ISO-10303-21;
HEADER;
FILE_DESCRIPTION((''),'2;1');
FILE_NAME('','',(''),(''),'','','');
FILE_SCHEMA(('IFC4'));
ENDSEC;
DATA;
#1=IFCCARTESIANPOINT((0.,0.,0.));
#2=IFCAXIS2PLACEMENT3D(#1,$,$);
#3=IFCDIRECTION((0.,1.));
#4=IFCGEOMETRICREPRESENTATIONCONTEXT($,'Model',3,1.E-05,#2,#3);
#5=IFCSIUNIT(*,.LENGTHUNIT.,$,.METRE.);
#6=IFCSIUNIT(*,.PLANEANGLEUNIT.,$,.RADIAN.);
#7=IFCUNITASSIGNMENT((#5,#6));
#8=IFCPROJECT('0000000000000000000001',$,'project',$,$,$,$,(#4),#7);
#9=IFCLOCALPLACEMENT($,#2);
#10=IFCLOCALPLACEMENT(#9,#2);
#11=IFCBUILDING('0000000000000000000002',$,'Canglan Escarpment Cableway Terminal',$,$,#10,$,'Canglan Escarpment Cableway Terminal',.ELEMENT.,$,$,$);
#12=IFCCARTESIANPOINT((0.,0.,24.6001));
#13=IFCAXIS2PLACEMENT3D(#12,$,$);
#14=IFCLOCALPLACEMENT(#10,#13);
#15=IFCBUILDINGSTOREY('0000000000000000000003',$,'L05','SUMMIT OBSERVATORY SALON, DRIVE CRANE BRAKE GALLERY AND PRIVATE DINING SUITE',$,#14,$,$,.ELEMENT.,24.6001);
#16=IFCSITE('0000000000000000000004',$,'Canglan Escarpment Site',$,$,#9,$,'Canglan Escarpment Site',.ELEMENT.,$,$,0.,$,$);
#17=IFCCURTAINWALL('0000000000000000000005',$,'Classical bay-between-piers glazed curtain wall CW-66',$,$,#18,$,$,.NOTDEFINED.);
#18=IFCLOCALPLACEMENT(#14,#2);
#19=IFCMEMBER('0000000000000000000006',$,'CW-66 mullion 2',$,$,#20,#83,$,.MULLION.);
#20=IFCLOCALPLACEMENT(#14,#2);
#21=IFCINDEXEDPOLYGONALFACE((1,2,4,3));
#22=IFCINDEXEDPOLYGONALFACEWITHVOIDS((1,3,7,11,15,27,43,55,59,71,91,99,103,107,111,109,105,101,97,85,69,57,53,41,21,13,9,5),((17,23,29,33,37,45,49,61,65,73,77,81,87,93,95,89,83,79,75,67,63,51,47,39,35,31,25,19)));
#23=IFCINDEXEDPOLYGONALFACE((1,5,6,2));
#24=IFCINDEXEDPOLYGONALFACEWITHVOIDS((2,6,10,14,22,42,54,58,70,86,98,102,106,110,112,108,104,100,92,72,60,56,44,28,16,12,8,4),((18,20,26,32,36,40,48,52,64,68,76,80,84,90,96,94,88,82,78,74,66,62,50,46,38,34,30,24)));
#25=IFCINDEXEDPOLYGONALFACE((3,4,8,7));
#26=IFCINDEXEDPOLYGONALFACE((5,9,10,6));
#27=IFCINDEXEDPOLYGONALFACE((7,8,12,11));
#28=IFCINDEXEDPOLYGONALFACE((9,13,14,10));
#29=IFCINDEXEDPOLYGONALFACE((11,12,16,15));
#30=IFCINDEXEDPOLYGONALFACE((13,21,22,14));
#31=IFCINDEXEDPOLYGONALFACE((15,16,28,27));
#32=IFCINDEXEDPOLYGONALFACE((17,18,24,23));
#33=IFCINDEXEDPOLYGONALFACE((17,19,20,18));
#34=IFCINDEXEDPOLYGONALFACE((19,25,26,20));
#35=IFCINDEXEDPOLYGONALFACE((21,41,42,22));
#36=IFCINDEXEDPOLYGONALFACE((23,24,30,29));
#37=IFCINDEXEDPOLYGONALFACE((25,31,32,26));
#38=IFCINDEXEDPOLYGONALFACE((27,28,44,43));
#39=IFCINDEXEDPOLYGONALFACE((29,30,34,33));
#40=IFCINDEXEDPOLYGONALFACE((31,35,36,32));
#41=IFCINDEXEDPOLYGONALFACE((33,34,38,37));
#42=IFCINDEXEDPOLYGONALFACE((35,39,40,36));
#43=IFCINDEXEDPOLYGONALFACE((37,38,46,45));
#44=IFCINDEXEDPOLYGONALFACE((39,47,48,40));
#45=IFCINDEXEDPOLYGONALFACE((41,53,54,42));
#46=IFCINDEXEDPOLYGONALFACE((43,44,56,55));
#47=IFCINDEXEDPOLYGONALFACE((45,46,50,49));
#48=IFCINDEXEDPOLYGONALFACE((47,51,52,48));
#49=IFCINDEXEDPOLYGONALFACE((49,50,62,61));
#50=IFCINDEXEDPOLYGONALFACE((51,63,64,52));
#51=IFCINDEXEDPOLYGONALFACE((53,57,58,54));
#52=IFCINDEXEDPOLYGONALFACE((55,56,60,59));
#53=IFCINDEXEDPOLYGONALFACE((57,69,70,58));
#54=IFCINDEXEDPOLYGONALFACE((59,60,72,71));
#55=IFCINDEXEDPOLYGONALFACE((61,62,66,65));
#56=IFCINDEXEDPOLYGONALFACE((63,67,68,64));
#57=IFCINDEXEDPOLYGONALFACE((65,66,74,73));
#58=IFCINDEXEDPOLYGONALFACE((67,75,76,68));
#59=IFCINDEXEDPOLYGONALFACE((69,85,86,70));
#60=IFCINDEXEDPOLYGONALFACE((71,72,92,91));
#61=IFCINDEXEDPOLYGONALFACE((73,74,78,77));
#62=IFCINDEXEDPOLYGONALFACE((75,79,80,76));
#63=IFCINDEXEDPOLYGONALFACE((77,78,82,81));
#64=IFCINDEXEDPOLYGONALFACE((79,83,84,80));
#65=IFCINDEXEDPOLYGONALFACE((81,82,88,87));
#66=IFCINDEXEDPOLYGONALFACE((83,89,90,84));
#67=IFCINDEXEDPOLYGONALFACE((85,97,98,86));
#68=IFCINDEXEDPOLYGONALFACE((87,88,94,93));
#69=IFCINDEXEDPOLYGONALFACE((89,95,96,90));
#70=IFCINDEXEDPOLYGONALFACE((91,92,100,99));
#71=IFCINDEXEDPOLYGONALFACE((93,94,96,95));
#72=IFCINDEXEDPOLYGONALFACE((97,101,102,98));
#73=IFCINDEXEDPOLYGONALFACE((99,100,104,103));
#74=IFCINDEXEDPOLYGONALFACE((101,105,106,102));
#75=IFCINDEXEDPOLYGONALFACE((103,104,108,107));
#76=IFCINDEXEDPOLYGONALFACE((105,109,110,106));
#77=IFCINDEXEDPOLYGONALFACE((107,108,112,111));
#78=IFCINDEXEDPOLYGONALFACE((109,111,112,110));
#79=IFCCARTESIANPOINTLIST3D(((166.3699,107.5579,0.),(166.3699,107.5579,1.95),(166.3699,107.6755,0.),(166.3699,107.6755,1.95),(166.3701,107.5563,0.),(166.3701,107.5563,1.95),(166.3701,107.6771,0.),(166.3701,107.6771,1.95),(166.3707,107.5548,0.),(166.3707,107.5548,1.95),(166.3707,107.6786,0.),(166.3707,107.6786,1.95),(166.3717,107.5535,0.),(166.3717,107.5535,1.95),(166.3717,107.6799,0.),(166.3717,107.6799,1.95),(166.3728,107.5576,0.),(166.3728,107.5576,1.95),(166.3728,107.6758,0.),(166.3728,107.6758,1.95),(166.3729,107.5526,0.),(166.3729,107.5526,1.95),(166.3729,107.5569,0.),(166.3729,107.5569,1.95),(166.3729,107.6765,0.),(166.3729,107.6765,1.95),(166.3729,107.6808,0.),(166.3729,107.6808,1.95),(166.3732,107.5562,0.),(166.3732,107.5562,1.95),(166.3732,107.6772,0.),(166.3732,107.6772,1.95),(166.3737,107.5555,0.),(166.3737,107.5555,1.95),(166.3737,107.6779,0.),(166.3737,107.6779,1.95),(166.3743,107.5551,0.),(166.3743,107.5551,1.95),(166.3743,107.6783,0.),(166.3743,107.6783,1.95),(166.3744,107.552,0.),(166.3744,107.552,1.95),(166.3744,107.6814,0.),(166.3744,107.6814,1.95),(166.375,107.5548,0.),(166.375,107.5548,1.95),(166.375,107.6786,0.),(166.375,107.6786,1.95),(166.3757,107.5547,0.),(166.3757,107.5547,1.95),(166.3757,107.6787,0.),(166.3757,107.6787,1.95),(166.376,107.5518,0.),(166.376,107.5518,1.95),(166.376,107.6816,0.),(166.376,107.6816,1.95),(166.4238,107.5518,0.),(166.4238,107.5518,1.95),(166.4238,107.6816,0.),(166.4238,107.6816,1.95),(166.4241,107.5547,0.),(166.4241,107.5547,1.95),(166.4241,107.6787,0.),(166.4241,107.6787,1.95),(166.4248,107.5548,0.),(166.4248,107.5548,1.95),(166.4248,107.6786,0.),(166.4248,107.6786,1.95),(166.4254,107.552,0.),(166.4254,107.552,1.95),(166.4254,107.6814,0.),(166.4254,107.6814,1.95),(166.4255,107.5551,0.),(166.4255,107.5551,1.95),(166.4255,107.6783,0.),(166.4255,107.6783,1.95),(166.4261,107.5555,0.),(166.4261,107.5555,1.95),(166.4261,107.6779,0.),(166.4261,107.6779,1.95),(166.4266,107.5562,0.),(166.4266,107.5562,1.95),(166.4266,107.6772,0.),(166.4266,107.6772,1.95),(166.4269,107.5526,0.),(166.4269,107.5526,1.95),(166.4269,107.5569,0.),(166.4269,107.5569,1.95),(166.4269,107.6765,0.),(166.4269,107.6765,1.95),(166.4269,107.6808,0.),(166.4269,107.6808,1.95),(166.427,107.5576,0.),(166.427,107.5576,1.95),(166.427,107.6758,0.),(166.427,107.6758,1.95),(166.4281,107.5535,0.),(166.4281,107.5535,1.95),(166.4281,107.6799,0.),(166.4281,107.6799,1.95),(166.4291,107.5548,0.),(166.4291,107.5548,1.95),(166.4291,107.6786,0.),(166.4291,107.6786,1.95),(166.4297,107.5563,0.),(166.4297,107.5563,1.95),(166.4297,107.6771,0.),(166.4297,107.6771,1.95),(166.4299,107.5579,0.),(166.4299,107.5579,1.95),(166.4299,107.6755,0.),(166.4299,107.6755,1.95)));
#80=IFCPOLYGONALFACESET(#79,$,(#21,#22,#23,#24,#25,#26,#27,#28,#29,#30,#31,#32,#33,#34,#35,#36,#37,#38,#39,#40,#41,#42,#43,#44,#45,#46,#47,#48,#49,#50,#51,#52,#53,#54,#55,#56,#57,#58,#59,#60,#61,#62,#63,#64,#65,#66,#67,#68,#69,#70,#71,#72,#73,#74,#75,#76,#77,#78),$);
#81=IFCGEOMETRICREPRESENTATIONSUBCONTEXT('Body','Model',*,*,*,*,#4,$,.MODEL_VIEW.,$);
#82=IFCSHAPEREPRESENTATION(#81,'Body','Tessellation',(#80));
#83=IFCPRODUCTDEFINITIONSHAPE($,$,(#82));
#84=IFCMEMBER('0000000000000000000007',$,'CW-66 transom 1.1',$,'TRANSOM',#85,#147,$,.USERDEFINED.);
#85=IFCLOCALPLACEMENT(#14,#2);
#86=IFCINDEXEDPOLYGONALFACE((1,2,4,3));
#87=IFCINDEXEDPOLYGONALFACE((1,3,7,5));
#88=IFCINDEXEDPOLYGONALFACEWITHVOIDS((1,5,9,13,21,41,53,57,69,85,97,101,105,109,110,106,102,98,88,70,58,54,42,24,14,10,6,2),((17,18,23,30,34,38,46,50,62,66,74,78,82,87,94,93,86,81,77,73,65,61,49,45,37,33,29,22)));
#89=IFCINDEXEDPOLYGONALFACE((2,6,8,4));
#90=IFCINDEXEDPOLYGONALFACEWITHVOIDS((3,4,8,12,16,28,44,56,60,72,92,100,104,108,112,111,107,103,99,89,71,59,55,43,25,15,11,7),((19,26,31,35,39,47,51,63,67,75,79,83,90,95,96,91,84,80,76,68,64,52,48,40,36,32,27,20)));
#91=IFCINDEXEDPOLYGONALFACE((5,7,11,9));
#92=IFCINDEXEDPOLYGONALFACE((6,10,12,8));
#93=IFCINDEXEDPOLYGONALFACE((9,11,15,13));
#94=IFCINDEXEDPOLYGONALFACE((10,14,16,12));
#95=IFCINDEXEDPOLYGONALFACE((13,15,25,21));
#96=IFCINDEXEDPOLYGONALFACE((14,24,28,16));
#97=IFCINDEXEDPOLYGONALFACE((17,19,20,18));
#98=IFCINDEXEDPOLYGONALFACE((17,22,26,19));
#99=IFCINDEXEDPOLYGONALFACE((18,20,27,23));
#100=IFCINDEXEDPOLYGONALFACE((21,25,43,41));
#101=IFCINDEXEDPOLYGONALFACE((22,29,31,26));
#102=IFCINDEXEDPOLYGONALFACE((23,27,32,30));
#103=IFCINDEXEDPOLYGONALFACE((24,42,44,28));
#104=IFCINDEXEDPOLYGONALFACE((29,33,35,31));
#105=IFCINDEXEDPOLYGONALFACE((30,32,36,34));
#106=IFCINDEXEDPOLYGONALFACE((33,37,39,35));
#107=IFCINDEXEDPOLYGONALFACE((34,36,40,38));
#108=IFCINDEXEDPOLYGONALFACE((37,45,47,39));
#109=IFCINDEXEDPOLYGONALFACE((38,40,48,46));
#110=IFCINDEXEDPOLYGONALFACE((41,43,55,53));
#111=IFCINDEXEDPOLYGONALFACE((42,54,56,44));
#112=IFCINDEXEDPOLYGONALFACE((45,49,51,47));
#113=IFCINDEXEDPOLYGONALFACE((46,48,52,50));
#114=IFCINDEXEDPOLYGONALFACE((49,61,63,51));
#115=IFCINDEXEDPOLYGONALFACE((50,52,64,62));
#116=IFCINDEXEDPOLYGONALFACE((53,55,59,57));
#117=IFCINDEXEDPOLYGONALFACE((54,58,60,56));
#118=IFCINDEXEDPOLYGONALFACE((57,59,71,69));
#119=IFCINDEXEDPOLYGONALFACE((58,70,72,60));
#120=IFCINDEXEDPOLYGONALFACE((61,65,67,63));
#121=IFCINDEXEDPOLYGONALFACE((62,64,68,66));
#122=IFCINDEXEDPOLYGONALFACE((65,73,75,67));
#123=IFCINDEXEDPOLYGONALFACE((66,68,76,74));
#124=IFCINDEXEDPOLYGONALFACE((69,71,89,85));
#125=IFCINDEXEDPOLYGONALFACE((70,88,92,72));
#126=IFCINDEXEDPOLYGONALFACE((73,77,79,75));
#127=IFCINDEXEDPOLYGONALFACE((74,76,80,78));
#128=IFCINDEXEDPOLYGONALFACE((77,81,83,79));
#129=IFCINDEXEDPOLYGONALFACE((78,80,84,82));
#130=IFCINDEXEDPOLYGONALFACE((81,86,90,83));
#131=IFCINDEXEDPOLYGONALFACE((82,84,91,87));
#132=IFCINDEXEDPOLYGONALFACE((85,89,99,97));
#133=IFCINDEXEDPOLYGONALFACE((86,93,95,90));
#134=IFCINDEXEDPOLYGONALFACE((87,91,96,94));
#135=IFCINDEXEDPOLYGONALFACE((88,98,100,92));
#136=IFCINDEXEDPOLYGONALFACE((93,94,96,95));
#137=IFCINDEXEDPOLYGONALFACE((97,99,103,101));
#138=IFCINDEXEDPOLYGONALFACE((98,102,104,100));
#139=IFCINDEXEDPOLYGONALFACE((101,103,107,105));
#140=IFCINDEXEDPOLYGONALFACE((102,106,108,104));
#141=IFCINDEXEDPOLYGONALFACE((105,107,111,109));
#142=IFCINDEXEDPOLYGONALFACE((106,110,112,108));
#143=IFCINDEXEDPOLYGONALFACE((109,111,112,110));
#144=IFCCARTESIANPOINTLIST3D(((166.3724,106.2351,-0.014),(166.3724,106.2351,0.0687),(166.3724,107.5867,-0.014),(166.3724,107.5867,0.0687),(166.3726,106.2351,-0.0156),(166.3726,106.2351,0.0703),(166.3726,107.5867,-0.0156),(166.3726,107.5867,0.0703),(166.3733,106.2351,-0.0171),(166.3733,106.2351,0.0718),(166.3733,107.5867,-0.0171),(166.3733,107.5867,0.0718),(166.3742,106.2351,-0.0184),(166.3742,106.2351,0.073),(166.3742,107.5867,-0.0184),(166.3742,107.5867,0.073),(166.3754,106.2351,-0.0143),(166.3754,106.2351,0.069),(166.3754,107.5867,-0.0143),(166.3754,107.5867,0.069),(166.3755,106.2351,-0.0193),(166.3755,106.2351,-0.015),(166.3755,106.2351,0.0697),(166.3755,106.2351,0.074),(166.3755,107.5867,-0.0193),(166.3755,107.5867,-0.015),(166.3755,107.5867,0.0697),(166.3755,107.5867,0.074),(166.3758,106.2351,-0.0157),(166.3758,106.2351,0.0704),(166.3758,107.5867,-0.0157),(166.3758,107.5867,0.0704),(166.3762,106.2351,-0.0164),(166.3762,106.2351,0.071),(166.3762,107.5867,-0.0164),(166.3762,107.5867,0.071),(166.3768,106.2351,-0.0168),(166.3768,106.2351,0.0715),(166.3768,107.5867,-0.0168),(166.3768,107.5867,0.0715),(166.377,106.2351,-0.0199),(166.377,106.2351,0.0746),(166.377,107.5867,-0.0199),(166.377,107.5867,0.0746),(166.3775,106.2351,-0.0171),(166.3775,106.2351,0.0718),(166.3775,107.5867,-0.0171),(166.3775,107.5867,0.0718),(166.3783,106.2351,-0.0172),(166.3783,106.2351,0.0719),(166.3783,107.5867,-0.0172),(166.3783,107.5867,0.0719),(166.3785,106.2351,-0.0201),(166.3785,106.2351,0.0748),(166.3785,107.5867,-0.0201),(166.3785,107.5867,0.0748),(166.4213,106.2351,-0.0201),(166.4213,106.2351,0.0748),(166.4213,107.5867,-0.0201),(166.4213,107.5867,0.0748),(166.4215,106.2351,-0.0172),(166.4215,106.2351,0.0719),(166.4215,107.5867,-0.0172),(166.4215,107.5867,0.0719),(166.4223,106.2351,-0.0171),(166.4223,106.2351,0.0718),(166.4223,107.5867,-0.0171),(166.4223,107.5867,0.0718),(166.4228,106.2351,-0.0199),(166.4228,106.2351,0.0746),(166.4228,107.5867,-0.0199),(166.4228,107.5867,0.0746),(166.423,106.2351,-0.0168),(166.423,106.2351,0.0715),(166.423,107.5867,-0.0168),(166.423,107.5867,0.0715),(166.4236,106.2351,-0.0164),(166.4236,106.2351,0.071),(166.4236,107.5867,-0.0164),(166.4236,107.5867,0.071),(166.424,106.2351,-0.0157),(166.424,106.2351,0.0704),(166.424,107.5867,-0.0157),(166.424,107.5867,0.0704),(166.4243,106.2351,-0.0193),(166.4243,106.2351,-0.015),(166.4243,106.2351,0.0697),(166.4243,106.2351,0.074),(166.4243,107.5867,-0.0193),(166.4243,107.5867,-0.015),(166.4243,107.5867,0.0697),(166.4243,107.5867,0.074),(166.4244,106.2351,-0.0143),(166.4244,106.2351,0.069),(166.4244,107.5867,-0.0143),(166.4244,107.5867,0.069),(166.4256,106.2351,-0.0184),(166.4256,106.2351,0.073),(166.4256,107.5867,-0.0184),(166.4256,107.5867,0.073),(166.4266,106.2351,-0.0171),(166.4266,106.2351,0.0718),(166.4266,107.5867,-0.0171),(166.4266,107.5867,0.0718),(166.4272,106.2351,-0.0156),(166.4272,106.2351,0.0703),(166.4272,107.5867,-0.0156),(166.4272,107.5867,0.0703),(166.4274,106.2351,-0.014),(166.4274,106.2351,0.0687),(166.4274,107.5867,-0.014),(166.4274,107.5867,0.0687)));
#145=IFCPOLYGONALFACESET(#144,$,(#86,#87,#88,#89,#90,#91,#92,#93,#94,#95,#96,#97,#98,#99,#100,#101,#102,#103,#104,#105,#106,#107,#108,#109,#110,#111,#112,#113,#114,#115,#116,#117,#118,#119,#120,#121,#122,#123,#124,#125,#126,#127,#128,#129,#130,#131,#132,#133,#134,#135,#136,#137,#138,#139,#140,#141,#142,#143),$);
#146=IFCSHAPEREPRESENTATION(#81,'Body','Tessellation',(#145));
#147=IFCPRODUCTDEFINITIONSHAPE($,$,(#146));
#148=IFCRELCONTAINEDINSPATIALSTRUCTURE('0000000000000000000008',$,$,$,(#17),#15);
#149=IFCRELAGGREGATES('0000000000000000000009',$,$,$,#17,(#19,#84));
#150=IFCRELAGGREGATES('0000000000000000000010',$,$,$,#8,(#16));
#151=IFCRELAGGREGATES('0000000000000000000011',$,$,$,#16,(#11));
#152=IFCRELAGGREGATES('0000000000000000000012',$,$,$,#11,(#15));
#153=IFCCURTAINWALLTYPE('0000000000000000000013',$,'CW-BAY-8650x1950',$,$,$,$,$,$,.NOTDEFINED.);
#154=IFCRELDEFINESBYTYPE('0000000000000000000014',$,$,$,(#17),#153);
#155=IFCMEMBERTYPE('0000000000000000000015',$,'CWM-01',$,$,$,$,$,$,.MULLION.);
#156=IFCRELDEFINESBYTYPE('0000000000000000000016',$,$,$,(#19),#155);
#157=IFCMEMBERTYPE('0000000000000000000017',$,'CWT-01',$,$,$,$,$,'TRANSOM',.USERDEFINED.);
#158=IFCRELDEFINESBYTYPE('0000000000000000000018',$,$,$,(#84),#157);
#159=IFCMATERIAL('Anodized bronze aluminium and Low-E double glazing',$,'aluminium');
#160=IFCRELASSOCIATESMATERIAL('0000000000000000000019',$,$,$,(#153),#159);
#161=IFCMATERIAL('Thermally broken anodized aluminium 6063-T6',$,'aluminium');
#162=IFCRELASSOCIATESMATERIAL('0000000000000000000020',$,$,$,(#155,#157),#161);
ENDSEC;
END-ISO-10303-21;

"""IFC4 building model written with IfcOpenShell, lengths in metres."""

from ifc_helpers import new_model, si_unit, direction, frame, origin, origin_2d, place, context, subcontext, project, spatial, hollow_rectangle, extrude, material, material_profile, profile_set, type_object, element, aggregate, save


model = new_model("IFC4")

# Units and contexts
model_context = context("Model", 3, precision=1e-05, world=origin(), true_north=direction((0.0, 1.0)))
body_context = subcontext(model_context, "Body", "Model", "MODEL_VIEW")
ifc_project = project(units=[si_unit("LENGTHUNIT", "METRE"), si_unit("PLANEANGLEUNIT", "RADIAN")], contexts=[model_context])

# Site, building, storey
site_placement = place(None, origin())
site = spatial("IfcSite", under=ifc_project, at=site_placement, Name="Canglan Escarpment Site", LongName="Canglan Escarpment Site", CompositionType="ELEMENT", RefElevation=0.0)
building_placement = place(site_placement, origin())
building = spatial("IfcBuilding", under=site, at=building_placement, Name="Canglan Escarpment Cableway Terminal", LongName="Canglan Escarpment Cableway Terminal", CompositionType="ELEMENT")
storey_placement = place(building_placement, frame((0.0, 0.0, 24.6001)))
storey = spatial("IfcBuildingStorey", under=building, at=storey_placement, Name="L05", Description="SUMMIT OBSERVATORY SALON, DRIVE CRANE BRAKE GALLERY AND PRIVATE DINING SUITE", CompositionType="ELEMENT", Elevation=24.6001)

# Curtain wall, members
ifc_material_1 = material(Name="Anodized bronze aluminium and Low-E double glazing", Category="aluminium")
curtain_wall_type = type_object("IfcCurtainWallType", Name="CW-BAY-8650x1950", PredefinedType="NOTDEFINED", material=ifc_material_1)
curtain_wall_placement = place(storey_placement, origin())
curtain_wall = element("IfcCurtainWall", 1, at=curtain_wall_placement, inside=storey, type_object=curtain_wall_type, Name="Classical bay-between-piers glazed curtain wall CW-66", PredefinedType="NOTDEFINED")
ifc_material_2 = material(Name="Thermally broken anodized aluminium 6063-T6", Category="aluminium")
ifc_material_profile_1 = material_profile(ifc_material_2, hollow_rectangle(XDim=0.0601, YDim=0.1299, WallThickness=0.0029, InnerFilletRadius=0.0029, OuterFilletRadius=0.0061, at=origin_2d()), Name="ALU-MULL 60x130x3")
ifc_profile_set_1 = profile_set([ifc_material_profile_1], Name="Thermally broken anodized aluminium 6063-T6")
member_type_1 = type_object("IfcMemberType", Name="CWM-01", PredefinedType="MULLION", material=ifc_profile_set_1)
member_1_placement = place(storey_placement, frame((166.3999, 107.6167, 0.0), z_axis=(0.0, 0.0, 1.0), x_axis=(-1.0, 0.0, 0.0)))
member_1 = element("IfcMember", 2, at=member_1_placement, type_object=member_type_1, Name="CW-66 mullion 2", PredefinedType="MULLION", context=body_context, shape_type="SweptSolid", body=[
    extrude(hollow_rectangle(XDim=0.0601, YDim=0.1299, WallThickness=0.0029, InnerFilletRadius=0.0029, OuterFilletRadius=0.0061, at=origin_2d()), origin(), (0.0, 0.0, 1.0), 1.95),
])
ifc_material_profile_2 = material_profile(ifc_material_2, hollow_rectangle(XDim=0.0549, YDim=0.095, WallThickness=0.0029, InnerFilletRadius=0.0029, OuterFilletRadius=0.0061, at=origin_2d()), Name="ALU-TRAN 55x95x3")
ifc_profile_set_2 = profile_set([ifc_material_profile_2], Name="Thermally broken anodized aluminium 6063-T6")
member_type_2 = type_object("IfcMemberType", Name="CWT-01", ElementType="TRANSOM", PredefinedType="USERDEFINED", material=ifc_profile_set_2)
member_2_placement = place(storey_placement, frame((166.3999, 106.2351, 0.0273), z_axis=(0.0, 1.0, 0.0), x_axis=(-1.0, 0.0, 0.0)))
member_2 = element("IfcMember", 3, at=member_2_placement, type_object=member_type_2, Name="CW-66 transom 1.1", ObjectType="TRANSOM", PredefinedType="USERDEFINED", context=body_context, shape_type="SweptSolid", body=[
    extrude(hollow_rectangle(XDim=0.0549, YDim=0.095, WallThickness=0.0029, InnerFilletRadius=0.0029, OuterFilletRadius=0.0061, at=origin_2d()), origin(), (0.0, 0.0, 1.0), 1.3516),
])

aggregate(curtain_wall, [member_1, member_2])

save(model, "model.ifc")
